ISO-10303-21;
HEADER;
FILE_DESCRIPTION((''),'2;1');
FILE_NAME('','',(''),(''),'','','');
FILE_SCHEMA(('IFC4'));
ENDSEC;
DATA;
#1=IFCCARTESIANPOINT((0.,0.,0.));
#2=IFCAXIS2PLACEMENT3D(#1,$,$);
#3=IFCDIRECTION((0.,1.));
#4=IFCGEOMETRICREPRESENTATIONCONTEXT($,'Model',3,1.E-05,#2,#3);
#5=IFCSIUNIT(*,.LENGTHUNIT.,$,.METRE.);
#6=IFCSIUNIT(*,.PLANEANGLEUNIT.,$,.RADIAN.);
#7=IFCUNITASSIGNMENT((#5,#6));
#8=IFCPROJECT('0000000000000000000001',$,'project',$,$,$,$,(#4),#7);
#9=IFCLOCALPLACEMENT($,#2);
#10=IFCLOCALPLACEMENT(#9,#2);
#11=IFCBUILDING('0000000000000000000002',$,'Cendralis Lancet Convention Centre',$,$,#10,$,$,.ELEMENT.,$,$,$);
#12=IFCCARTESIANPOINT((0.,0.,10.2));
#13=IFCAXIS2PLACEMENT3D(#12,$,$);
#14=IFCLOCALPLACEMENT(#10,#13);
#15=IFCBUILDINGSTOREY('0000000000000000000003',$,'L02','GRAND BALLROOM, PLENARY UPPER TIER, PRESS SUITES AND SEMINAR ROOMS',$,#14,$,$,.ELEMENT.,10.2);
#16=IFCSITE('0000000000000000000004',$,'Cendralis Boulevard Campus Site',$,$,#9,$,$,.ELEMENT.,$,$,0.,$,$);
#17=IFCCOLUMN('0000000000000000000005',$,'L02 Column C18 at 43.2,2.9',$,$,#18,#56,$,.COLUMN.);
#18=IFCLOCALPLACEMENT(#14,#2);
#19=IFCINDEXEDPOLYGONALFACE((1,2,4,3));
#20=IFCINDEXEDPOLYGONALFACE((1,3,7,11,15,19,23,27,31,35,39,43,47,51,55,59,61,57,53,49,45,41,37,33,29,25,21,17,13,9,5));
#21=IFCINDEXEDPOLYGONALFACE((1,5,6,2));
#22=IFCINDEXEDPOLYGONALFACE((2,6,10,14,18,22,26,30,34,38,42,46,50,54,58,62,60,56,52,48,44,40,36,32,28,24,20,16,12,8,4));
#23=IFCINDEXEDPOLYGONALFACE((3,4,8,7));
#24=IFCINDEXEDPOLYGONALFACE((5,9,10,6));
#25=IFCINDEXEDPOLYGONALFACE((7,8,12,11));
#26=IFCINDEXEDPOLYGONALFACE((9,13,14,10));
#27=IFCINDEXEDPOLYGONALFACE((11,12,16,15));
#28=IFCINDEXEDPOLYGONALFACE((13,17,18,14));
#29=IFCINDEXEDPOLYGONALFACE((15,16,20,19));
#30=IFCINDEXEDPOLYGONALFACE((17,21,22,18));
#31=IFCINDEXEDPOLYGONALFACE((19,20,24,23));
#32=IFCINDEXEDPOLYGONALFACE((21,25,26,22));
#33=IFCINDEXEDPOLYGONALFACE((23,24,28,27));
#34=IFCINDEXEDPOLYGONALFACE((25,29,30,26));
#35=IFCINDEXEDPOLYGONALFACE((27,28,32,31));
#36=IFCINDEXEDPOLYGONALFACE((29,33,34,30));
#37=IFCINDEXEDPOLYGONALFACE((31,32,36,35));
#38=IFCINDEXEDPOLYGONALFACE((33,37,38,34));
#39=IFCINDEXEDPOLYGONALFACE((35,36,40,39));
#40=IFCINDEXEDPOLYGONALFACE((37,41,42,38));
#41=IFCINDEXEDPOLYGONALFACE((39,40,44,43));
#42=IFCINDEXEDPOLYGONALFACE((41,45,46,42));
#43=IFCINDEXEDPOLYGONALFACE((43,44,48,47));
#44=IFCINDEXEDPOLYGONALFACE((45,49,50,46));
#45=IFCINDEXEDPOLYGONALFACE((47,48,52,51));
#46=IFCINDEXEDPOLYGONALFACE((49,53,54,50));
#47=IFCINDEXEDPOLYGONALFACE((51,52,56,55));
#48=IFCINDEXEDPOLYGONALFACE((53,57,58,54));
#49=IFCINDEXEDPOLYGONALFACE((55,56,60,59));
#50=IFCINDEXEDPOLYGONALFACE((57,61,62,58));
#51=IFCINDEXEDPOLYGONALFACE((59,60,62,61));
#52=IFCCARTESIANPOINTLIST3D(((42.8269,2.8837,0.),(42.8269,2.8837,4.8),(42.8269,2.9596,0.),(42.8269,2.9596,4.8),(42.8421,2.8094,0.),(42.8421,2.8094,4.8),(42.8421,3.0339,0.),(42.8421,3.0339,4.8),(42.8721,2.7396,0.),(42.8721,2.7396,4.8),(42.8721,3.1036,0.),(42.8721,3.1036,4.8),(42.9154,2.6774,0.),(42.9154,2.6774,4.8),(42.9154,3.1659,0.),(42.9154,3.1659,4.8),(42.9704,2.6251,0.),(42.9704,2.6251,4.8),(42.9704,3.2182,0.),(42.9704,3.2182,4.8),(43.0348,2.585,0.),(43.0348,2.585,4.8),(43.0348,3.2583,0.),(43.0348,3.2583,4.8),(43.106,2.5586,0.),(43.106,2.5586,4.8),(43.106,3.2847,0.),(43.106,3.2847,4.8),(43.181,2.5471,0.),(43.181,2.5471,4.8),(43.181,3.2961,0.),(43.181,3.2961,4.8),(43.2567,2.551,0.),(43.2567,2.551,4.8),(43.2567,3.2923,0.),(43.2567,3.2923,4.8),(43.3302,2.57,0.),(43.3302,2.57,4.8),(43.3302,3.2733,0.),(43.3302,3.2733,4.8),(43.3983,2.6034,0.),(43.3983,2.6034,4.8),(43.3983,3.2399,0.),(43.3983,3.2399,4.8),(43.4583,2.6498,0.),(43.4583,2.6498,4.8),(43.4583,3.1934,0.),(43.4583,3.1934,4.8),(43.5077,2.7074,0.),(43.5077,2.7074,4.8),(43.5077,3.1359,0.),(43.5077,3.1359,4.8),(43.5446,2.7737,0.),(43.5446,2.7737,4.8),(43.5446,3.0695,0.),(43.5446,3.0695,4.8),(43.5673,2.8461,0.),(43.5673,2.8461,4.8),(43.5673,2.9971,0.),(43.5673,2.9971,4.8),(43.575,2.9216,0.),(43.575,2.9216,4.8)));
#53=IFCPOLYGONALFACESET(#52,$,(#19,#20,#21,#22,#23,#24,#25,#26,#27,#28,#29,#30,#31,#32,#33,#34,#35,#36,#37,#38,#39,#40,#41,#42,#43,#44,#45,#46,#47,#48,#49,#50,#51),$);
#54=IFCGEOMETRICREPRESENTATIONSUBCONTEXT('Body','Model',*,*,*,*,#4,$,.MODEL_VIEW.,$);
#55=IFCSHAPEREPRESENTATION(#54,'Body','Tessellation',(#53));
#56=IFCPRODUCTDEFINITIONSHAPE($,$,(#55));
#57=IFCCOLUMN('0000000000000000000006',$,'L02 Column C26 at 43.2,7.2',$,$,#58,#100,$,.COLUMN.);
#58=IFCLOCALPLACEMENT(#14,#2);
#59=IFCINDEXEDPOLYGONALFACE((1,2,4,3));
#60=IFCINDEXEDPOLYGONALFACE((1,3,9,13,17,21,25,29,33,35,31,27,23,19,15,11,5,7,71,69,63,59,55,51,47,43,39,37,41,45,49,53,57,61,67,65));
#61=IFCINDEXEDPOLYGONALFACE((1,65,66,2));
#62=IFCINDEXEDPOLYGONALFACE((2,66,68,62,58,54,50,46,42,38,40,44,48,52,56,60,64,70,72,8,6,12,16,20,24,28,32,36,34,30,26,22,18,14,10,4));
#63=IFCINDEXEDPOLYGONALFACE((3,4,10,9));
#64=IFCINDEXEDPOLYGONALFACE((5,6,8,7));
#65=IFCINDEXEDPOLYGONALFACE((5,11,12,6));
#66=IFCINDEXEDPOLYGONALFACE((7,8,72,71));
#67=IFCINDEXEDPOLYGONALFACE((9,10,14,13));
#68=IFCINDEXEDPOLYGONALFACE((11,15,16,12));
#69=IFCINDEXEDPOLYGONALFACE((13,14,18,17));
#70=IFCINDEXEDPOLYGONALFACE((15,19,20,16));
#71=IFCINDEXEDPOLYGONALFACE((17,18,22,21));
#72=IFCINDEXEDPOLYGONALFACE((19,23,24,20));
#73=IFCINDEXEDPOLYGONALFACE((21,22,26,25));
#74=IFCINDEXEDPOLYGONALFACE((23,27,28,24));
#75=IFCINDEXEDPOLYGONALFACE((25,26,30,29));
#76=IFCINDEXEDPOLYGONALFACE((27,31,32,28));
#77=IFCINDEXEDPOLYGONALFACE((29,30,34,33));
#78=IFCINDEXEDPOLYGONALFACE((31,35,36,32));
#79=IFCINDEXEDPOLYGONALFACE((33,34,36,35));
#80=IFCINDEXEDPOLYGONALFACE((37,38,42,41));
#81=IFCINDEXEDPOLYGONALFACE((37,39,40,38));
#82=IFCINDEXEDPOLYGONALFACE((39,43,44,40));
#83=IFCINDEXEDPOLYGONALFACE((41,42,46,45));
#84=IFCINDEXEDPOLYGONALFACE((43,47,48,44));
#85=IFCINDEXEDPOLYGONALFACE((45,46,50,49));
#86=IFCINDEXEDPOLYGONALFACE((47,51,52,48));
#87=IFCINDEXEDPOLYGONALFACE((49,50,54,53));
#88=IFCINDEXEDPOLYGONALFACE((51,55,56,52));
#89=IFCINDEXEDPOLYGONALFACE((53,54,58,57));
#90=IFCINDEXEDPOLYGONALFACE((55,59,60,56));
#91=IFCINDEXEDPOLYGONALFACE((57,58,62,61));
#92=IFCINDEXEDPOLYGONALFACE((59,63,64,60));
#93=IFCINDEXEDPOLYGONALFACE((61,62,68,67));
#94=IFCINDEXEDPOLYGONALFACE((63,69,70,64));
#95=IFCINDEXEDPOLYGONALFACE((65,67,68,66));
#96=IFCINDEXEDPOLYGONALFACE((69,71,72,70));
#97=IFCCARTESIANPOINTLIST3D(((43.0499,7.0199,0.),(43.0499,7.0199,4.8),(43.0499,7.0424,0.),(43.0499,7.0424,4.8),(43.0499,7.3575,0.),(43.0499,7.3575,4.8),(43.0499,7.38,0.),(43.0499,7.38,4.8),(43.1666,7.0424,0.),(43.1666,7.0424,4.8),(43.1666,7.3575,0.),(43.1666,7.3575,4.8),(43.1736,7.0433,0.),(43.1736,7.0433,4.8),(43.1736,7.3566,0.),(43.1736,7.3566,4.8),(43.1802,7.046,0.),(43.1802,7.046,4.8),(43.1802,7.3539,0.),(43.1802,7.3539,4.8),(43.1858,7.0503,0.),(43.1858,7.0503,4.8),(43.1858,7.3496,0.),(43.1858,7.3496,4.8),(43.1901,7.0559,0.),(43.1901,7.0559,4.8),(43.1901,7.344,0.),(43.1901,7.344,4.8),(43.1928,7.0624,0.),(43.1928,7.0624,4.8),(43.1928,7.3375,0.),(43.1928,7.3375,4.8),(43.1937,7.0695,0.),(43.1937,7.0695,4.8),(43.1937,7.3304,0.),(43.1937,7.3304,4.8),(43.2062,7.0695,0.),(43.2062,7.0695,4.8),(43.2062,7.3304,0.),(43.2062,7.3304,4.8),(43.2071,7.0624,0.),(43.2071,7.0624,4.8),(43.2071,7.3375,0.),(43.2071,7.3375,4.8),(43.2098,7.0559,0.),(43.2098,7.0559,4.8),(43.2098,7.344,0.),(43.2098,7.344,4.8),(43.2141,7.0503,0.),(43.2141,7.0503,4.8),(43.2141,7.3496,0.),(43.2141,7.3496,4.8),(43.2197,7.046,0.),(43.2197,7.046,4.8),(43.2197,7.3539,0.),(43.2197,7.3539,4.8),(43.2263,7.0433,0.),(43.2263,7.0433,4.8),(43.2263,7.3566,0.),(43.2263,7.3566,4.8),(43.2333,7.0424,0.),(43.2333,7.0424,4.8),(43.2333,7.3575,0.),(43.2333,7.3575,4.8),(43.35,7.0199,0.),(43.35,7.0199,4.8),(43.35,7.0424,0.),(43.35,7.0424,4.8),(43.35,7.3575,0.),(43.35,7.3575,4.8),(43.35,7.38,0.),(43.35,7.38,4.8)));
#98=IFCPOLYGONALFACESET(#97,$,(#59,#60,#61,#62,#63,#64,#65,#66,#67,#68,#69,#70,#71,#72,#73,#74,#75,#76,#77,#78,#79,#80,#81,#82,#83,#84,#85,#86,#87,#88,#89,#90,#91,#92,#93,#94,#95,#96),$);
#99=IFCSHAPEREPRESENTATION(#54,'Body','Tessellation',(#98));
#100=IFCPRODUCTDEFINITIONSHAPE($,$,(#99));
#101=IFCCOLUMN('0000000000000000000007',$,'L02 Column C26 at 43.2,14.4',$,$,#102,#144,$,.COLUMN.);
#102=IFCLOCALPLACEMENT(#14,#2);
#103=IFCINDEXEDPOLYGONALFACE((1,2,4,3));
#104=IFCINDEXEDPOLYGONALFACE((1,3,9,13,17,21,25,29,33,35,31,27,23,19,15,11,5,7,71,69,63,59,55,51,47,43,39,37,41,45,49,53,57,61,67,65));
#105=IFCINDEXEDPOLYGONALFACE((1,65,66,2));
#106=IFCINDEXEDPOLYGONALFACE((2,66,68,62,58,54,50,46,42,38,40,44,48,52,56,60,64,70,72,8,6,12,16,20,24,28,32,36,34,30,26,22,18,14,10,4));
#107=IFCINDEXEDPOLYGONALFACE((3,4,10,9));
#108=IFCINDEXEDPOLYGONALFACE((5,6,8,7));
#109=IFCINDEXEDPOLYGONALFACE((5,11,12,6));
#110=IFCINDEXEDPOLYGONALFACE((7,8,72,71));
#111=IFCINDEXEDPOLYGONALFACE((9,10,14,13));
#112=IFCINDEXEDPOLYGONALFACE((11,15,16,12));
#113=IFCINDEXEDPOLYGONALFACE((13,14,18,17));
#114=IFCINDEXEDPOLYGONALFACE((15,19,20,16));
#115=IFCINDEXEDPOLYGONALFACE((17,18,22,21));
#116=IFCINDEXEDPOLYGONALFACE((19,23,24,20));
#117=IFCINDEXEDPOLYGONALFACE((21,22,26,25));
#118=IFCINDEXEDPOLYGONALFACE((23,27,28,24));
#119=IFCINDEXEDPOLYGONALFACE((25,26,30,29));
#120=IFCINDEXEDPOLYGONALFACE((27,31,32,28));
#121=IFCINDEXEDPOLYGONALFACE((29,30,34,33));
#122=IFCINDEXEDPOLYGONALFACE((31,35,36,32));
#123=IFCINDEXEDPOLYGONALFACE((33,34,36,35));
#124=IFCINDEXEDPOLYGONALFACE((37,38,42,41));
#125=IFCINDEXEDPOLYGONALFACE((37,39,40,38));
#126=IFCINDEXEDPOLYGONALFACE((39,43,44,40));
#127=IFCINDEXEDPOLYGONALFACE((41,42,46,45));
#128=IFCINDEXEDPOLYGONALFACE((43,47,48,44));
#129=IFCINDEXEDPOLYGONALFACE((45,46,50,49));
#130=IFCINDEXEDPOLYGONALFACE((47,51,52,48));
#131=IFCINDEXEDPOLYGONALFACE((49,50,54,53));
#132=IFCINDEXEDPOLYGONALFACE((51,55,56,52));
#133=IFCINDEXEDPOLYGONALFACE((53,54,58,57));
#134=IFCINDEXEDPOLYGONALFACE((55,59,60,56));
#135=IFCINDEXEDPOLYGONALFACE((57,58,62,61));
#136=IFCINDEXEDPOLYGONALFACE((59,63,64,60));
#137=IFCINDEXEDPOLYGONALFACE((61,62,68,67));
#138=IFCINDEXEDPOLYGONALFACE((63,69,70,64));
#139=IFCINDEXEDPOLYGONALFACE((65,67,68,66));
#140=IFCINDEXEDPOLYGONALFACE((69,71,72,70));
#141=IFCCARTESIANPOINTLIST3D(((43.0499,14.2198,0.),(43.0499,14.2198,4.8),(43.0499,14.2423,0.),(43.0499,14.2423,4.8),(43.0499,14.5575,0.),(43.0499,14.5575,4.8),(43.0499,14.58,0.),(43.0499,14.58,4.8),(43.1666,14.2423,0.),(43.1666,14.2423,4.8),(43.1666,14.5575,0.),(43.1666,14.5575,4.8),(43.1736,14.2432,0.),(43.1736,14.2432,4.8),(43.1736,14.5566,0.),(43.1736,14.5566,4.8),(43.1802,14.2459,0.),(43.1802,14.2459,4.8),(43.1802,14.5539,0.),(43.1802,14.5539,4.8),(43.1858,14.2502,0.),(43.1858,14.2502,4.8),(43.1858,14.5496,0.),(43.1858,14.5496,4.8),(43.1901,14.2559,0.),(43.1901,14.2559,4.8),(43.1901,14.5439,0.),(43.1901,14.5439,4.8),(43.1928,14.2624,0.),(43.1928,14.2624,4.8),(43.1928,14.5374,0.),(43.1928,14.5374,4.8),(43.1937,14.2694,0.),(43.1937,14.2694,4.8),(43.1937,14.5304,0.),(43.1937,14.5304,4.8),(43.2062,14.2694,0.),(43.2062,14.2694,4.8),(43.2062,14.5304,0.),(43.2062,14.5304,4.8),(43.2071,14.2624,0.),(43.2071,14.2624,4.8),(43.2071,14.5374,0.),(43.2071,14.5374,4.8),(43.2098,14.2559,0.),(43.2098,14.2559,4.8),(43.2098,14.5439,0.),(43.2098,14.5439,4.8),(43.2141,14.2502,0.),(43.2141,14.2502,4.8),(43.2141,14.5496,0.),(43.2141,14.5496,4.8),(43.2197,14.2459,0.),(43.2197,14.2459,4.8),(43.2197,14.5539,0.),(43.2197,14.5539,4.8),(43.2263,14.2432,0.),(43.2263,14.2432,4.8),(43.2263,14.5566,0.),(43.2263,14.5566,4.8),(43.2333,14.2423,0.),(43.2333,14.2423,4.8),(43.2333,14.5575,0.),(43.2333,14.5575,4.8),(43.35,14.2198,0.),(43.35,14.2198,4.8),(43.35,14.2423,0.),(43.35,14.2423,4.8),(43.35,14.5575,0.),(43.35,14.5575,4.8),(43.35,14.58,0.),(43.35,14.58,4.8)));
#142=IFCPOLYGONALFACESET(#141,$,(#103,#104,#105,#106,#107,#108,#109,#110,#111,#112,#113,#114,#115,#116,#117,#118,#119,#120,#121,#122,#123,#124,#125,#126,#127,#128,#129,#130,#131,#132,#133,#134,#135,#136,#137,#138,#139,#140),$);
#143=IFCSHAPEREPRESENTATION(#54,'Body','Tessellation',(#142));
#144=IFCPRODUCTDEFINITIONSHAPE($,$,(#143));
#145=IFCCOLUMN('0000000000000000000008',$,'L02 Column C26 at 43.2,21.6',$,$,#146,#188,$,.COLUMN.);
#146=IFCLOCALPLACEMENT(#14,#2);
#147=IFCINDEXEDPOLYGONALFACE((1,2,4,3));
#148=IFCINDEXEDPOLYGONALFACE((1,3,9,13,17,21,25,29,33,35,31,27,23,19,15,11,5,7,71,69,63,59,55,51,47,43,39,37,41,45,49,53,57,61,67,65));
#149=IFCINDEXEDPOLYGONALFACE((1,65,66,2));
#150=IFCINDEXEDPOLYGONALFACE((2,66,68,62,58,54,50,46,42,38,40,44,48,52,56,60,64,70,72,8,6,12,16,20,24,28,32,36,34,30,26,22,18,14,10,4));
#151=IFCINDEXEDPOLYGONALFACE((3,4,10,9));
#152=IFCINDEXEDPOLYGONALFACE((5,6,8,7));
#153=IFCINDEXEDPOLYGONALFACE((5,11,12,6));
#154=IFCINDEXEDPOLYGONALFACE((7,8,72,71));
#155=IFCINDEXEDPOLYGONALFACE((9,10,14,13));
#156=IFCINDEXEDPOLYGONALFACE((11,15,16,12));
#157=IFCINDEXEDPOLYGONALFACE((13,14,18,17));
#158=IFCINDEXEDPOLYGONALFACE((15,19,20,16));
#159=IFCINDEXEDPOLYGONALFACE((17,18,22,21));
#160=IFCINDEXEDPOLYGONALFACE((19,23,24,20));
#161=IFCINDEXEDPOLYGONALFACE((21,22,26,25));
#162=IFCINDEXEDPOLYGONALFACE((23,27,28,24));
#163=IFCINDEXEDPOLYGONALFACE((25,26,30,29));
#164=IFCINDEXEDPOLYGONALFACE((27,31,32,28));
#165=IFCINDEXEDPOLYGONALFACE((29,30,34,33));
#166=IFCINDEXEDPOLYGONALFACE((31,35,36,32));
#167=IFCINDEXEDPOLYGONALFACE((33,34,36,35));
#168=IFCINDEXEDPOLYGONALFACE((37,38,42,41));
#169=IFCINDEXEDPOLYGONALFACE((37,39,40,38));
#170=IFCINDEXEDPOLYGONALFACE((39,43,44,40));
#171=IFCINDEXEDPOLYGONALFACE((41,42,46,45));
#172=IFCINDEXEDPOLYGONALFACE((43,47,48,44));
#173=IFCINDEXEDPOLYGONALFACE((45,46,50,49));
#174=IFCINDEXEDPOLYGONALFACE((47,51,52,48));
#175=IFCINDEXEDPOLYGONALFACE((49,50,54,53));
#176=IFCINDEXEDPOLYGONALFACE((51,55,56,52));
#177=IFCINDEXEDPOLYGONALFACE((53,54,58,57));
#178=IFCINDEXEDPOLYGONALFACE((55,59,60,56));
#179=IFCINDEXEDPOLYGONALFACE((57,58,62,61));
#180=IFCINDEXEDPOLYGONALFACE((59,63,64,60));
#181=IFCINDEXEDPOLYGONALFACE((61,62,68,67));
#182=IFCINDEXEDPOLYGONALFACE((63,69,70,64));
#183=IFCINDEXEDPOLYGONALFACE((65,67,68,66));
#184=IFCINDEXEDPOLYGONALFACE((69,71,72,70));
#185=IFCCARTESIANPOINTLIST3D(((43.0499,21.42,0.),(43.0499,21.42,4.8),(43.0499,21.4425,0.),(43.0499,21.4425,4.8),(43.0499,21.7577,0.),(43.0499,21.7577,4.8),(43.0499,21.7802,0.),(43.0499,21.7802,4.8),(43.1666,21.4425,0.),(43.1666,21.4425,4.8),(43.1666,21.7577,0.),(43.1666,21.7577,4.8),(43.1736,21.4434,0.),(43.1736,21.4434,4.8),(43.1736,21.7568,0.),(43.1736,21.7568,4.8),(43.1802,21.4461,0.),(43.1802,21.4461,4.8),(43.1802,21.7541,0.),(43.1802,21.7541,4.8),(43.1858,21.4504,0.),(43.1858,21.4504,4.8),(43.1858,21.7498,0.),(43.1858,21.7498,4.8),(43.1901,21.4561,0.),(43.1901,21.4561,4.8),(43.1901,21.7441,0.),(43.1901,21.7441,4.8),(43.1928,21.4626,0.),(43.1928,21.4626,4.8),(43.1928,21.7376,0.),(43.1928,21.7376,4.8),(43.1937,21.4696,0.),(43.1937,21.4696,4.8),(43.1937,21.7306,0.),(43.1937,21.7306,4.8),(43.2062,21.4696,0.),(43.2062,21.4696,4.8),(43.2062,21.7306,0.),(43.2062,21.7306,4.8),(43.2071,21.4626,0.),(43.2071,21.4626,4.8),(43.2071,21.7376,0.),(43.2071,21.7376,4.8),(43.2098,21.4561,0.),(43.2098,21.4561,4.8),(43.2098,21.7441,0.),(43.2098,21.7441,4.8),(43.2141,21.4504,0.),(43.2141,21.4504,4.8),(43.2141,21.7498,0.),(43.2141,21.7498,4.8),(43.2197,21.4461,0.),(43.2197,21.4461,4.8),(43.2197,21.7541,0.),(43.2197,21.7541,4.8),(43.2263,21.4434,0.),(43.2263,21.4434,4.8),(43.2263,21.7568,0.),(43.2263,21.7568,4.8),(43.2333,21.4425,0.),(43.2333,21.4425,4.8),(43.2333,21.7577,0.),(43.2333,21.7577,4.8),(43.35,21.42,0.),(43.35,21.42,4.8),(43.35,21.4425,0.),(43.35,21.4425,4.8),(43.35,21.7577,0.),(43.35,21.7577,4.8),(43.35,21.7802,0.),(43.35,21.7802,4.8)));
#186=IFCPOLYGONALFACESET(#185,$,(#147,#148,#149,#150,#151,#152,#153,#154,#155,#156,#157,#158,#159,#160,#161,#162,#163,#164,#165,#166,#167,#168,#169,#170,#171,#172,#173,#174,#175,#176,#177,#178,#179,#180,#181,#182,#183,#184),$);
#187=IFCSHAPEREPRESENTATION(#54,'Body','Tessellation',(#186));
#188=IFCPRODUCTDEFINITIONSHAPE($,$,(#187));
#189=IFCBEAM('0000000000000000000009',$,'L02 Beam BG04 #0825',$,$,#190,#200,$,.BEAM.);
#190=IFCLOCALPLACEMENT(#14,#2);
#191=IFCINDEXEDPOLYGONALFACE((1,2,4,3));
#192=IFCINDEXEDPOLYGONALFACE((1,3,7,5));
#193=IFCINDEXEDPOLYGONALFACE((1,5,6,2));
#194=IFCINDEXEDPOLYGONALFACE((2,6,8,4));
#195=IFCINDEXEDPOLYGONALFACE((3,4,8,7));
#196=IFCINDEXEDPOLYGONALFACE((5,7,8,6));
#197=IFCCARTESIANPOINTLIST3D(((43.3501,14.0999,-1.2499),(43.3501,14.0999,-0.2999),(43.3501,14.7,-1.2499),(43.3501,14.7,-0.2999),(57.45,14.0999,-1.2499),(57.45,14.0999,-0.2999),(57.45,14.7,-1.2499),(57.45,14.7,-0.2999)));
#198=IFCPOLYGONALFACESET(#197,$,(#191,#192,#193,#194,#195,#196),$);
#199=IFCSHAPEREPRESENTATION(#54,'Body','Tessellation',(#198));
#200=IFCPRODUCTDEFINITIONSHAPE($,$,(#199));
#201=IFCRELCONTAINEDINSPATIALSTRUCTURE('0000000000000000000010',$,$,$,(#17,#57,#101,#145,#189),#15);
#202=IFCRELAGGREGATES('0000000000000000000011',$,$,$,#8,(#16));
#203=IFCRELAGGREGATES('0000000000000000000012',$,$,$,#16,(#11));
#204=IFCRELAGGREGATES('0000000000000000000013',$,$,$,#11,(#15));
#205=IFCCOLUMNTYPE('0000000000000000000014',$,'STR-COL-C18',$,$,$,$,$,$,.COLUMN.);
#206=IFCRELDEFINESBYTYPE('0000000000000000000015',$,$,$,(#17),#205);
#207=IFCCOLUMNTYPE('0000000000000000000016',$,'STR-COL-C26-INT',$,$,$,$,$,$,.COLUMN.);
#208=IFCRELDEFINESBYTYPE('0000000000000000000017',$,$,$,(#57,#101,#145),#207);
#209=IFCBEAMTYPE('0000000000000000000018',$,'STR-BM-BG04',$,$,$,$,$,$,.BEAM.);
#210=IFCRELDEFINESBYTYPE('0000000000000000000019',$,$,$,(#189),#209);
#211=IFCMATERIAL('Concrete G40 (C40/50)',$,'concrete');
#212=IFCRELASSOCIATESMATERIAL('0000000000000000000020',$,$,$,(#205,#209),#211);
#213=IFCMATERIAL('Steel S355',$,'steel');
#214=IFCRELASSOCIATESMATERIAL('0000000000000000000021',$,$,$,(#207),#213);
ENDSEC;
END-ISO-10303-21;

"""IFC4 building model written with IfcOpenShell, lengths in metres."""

from ifc_helpers import new_model, si_unit, direction, frame, origin, origin_2d, place, context, subcontext, project, spatial, rectangle, circle, i_section, extrude, material, material_profile, profile_set, type_object, element, save


model = new_model("IFC4")

# Units and contexts
model_context = context("Model", 3, precision=1e-05, world=origin(), true_north=direction((0.0, 1.0)))
body_context = subcontext(model_context, "Body", "Model", "MODEL_VIEW")
ifc_project = project(units=[si_unit("LENGTHUNIT", "METRE"), si_unit("PLANEANGLEUNIT", "RADIAN")], contexts=[model_context])

# Site, building, storey
site_placement = place(None, origin())
site = spatial("IfcSite", under=ifc_project, at=site_placement, Name="Cendralis Boulevard Campus Site", CompositionType="ELEMENT", RefElevation=0.0)
building_placement = place(site_placement, origin())
building = spatial("IfcBuilding", under=site, at=building_placement, Name="Cendralis Lancet Convention Centre", CompositionType="ELEMENT")
storey_placement = place(building_placement, frame((0.0, 0.0, 10.2)))
storey = spatial("IfcBuildingStorey", under=building, at=storey_placement, Name="L02", Description="GRAND BALLROOM, PLENARY UPPER TIER, PRESS SUITES AND SEMINAR ROOMS", CompositionType="ELEMENT", Elevation=10.2)

# Columns
ifc_material_1 = material(Name="Concrete G40 (C40/50)", Category="concrete")
ifc_material_profile_1 = material_profile(ifc_material_1, circle(Radius=0.375, at=origin_2d()), Name="RC D750")
ifc_profile_set_1 = profile_set([ifc_material_profile_1], Name="Concrete G40 (C40/50)")
column_type_1 = type_object("IfcColumnType", Name="STR-COL-C18", PredefinedType="COLUMN", material=ifc_profile_set_1)
column_placement = place(storey_placement, frame((43.2, 2.9216, 0.0), z_axis=(0.0, 0.0, 1.0), x_axis=(1.0, 0.0, 0.0)))
element("IfcColumn", 1, at=column_placement, inside=storey, type_object=column_type_1, Name="L02 Column C18 at 43.2,2.9", PredefinedType="COLUMN", context=body_context, shape_type="SweptSolid", body=[
    extrude(circle(Radius=0.375, at=origin_2d()), origin(), (0.0, 0.0, 1.0), 4.8),
])
ifc_material_2 = material(Name="Steel S355", Category="steel")
ifc_material_profile_2 = material_profile(ifc_material_2, i_section(OverallWidth=0.3, OverallDepth=0.3601, WebThickness=0.0125, FlangeThickness=0.0225, FilletRadius=0.0271, at=origin_2d()), Name="HEB 360")
ifc_profile_set_2 = profile_set([ifc_material_profile_2], Name="Steel S355")
column_type_2 = type_object("IfcColumnType", Name="STR-COL-C26-INT", PredefinedType="COLUMN", material=ifc_profile_set_2)
for number, where, z_axis, x_axis, name in (
    (2, (43.2, 7.2, 0.0), (0.0, 0.0, 1.0), (1.0, 0.0, 0.0), "L02 Column C26 at 43.2,7.2"),
    (3, (43.2, 14.3999, 0.0), (0.0, 0.0, 1.0), (1.0, 0.0, 0.0), "L02 Column C26 at 43.2,14.4"),
    (4, (43.2, 21.6001, 0.0), (0.0, 0.0, 1.0), (1.0, 0.0, 0.0), "L02 Column C26 at 43.2,21.6"),
):
    element("IfcColumn", number, at=place(storey_placement, frame(where, z_axis=z_axis, x_axis=x_axis)), inside=storey, type_object=column_type_2, Name=name, PredefinedType="COLUMN", context=body_context, shape_type="SweptSolid", body=[
        extrude(i_section(OverallWidth=0.3, OverallDepth=0.3601, WebThickness=0.0125, FlangeThickness=0.0225, FilletRadius=0.0271, at=origin_2d()), origin(), (0.0, 0.0, 1.0), 4.8),
    ])

# Beam
ifc_material_profile_3 = material_profile(ifc_material_1, rectangle(XDim=0.6001, YDim=0.95, at=origin_2d()), Name="RCB 600x950")
ifc_profile_set_3 = profile_set([ifc_material_profile_3], Name="Concrete G40 (C40/50)")
beam_type_1 = type_object("IfcBeamType", Name="STR-BM-BG04", PredefinedType="BEAM", material=ifc_profile_set_3)
beam_1_placement = place(storey_placement, frame((43.3501, 14.3999, -0.7749), z_axis=(1.0, 0.0, 0.0), x_axis=(0.0, 1.0, 0.0)))
element("IfcBeam", 5, at=beam_1_placement, inside=storey, type_object=beam_type_1, Name="L02 Beam BG04 #0825", PredefinedType="BEAM", context=body_context, shape_type="SweptSolid", body=[
    extrude(rectangle(XDim=0.6001, YDim=0.95, at=origin_2d()), origin(), (0.0, 0.0, 1.0), 14.0999),
])

save(model, "model.ifc")
